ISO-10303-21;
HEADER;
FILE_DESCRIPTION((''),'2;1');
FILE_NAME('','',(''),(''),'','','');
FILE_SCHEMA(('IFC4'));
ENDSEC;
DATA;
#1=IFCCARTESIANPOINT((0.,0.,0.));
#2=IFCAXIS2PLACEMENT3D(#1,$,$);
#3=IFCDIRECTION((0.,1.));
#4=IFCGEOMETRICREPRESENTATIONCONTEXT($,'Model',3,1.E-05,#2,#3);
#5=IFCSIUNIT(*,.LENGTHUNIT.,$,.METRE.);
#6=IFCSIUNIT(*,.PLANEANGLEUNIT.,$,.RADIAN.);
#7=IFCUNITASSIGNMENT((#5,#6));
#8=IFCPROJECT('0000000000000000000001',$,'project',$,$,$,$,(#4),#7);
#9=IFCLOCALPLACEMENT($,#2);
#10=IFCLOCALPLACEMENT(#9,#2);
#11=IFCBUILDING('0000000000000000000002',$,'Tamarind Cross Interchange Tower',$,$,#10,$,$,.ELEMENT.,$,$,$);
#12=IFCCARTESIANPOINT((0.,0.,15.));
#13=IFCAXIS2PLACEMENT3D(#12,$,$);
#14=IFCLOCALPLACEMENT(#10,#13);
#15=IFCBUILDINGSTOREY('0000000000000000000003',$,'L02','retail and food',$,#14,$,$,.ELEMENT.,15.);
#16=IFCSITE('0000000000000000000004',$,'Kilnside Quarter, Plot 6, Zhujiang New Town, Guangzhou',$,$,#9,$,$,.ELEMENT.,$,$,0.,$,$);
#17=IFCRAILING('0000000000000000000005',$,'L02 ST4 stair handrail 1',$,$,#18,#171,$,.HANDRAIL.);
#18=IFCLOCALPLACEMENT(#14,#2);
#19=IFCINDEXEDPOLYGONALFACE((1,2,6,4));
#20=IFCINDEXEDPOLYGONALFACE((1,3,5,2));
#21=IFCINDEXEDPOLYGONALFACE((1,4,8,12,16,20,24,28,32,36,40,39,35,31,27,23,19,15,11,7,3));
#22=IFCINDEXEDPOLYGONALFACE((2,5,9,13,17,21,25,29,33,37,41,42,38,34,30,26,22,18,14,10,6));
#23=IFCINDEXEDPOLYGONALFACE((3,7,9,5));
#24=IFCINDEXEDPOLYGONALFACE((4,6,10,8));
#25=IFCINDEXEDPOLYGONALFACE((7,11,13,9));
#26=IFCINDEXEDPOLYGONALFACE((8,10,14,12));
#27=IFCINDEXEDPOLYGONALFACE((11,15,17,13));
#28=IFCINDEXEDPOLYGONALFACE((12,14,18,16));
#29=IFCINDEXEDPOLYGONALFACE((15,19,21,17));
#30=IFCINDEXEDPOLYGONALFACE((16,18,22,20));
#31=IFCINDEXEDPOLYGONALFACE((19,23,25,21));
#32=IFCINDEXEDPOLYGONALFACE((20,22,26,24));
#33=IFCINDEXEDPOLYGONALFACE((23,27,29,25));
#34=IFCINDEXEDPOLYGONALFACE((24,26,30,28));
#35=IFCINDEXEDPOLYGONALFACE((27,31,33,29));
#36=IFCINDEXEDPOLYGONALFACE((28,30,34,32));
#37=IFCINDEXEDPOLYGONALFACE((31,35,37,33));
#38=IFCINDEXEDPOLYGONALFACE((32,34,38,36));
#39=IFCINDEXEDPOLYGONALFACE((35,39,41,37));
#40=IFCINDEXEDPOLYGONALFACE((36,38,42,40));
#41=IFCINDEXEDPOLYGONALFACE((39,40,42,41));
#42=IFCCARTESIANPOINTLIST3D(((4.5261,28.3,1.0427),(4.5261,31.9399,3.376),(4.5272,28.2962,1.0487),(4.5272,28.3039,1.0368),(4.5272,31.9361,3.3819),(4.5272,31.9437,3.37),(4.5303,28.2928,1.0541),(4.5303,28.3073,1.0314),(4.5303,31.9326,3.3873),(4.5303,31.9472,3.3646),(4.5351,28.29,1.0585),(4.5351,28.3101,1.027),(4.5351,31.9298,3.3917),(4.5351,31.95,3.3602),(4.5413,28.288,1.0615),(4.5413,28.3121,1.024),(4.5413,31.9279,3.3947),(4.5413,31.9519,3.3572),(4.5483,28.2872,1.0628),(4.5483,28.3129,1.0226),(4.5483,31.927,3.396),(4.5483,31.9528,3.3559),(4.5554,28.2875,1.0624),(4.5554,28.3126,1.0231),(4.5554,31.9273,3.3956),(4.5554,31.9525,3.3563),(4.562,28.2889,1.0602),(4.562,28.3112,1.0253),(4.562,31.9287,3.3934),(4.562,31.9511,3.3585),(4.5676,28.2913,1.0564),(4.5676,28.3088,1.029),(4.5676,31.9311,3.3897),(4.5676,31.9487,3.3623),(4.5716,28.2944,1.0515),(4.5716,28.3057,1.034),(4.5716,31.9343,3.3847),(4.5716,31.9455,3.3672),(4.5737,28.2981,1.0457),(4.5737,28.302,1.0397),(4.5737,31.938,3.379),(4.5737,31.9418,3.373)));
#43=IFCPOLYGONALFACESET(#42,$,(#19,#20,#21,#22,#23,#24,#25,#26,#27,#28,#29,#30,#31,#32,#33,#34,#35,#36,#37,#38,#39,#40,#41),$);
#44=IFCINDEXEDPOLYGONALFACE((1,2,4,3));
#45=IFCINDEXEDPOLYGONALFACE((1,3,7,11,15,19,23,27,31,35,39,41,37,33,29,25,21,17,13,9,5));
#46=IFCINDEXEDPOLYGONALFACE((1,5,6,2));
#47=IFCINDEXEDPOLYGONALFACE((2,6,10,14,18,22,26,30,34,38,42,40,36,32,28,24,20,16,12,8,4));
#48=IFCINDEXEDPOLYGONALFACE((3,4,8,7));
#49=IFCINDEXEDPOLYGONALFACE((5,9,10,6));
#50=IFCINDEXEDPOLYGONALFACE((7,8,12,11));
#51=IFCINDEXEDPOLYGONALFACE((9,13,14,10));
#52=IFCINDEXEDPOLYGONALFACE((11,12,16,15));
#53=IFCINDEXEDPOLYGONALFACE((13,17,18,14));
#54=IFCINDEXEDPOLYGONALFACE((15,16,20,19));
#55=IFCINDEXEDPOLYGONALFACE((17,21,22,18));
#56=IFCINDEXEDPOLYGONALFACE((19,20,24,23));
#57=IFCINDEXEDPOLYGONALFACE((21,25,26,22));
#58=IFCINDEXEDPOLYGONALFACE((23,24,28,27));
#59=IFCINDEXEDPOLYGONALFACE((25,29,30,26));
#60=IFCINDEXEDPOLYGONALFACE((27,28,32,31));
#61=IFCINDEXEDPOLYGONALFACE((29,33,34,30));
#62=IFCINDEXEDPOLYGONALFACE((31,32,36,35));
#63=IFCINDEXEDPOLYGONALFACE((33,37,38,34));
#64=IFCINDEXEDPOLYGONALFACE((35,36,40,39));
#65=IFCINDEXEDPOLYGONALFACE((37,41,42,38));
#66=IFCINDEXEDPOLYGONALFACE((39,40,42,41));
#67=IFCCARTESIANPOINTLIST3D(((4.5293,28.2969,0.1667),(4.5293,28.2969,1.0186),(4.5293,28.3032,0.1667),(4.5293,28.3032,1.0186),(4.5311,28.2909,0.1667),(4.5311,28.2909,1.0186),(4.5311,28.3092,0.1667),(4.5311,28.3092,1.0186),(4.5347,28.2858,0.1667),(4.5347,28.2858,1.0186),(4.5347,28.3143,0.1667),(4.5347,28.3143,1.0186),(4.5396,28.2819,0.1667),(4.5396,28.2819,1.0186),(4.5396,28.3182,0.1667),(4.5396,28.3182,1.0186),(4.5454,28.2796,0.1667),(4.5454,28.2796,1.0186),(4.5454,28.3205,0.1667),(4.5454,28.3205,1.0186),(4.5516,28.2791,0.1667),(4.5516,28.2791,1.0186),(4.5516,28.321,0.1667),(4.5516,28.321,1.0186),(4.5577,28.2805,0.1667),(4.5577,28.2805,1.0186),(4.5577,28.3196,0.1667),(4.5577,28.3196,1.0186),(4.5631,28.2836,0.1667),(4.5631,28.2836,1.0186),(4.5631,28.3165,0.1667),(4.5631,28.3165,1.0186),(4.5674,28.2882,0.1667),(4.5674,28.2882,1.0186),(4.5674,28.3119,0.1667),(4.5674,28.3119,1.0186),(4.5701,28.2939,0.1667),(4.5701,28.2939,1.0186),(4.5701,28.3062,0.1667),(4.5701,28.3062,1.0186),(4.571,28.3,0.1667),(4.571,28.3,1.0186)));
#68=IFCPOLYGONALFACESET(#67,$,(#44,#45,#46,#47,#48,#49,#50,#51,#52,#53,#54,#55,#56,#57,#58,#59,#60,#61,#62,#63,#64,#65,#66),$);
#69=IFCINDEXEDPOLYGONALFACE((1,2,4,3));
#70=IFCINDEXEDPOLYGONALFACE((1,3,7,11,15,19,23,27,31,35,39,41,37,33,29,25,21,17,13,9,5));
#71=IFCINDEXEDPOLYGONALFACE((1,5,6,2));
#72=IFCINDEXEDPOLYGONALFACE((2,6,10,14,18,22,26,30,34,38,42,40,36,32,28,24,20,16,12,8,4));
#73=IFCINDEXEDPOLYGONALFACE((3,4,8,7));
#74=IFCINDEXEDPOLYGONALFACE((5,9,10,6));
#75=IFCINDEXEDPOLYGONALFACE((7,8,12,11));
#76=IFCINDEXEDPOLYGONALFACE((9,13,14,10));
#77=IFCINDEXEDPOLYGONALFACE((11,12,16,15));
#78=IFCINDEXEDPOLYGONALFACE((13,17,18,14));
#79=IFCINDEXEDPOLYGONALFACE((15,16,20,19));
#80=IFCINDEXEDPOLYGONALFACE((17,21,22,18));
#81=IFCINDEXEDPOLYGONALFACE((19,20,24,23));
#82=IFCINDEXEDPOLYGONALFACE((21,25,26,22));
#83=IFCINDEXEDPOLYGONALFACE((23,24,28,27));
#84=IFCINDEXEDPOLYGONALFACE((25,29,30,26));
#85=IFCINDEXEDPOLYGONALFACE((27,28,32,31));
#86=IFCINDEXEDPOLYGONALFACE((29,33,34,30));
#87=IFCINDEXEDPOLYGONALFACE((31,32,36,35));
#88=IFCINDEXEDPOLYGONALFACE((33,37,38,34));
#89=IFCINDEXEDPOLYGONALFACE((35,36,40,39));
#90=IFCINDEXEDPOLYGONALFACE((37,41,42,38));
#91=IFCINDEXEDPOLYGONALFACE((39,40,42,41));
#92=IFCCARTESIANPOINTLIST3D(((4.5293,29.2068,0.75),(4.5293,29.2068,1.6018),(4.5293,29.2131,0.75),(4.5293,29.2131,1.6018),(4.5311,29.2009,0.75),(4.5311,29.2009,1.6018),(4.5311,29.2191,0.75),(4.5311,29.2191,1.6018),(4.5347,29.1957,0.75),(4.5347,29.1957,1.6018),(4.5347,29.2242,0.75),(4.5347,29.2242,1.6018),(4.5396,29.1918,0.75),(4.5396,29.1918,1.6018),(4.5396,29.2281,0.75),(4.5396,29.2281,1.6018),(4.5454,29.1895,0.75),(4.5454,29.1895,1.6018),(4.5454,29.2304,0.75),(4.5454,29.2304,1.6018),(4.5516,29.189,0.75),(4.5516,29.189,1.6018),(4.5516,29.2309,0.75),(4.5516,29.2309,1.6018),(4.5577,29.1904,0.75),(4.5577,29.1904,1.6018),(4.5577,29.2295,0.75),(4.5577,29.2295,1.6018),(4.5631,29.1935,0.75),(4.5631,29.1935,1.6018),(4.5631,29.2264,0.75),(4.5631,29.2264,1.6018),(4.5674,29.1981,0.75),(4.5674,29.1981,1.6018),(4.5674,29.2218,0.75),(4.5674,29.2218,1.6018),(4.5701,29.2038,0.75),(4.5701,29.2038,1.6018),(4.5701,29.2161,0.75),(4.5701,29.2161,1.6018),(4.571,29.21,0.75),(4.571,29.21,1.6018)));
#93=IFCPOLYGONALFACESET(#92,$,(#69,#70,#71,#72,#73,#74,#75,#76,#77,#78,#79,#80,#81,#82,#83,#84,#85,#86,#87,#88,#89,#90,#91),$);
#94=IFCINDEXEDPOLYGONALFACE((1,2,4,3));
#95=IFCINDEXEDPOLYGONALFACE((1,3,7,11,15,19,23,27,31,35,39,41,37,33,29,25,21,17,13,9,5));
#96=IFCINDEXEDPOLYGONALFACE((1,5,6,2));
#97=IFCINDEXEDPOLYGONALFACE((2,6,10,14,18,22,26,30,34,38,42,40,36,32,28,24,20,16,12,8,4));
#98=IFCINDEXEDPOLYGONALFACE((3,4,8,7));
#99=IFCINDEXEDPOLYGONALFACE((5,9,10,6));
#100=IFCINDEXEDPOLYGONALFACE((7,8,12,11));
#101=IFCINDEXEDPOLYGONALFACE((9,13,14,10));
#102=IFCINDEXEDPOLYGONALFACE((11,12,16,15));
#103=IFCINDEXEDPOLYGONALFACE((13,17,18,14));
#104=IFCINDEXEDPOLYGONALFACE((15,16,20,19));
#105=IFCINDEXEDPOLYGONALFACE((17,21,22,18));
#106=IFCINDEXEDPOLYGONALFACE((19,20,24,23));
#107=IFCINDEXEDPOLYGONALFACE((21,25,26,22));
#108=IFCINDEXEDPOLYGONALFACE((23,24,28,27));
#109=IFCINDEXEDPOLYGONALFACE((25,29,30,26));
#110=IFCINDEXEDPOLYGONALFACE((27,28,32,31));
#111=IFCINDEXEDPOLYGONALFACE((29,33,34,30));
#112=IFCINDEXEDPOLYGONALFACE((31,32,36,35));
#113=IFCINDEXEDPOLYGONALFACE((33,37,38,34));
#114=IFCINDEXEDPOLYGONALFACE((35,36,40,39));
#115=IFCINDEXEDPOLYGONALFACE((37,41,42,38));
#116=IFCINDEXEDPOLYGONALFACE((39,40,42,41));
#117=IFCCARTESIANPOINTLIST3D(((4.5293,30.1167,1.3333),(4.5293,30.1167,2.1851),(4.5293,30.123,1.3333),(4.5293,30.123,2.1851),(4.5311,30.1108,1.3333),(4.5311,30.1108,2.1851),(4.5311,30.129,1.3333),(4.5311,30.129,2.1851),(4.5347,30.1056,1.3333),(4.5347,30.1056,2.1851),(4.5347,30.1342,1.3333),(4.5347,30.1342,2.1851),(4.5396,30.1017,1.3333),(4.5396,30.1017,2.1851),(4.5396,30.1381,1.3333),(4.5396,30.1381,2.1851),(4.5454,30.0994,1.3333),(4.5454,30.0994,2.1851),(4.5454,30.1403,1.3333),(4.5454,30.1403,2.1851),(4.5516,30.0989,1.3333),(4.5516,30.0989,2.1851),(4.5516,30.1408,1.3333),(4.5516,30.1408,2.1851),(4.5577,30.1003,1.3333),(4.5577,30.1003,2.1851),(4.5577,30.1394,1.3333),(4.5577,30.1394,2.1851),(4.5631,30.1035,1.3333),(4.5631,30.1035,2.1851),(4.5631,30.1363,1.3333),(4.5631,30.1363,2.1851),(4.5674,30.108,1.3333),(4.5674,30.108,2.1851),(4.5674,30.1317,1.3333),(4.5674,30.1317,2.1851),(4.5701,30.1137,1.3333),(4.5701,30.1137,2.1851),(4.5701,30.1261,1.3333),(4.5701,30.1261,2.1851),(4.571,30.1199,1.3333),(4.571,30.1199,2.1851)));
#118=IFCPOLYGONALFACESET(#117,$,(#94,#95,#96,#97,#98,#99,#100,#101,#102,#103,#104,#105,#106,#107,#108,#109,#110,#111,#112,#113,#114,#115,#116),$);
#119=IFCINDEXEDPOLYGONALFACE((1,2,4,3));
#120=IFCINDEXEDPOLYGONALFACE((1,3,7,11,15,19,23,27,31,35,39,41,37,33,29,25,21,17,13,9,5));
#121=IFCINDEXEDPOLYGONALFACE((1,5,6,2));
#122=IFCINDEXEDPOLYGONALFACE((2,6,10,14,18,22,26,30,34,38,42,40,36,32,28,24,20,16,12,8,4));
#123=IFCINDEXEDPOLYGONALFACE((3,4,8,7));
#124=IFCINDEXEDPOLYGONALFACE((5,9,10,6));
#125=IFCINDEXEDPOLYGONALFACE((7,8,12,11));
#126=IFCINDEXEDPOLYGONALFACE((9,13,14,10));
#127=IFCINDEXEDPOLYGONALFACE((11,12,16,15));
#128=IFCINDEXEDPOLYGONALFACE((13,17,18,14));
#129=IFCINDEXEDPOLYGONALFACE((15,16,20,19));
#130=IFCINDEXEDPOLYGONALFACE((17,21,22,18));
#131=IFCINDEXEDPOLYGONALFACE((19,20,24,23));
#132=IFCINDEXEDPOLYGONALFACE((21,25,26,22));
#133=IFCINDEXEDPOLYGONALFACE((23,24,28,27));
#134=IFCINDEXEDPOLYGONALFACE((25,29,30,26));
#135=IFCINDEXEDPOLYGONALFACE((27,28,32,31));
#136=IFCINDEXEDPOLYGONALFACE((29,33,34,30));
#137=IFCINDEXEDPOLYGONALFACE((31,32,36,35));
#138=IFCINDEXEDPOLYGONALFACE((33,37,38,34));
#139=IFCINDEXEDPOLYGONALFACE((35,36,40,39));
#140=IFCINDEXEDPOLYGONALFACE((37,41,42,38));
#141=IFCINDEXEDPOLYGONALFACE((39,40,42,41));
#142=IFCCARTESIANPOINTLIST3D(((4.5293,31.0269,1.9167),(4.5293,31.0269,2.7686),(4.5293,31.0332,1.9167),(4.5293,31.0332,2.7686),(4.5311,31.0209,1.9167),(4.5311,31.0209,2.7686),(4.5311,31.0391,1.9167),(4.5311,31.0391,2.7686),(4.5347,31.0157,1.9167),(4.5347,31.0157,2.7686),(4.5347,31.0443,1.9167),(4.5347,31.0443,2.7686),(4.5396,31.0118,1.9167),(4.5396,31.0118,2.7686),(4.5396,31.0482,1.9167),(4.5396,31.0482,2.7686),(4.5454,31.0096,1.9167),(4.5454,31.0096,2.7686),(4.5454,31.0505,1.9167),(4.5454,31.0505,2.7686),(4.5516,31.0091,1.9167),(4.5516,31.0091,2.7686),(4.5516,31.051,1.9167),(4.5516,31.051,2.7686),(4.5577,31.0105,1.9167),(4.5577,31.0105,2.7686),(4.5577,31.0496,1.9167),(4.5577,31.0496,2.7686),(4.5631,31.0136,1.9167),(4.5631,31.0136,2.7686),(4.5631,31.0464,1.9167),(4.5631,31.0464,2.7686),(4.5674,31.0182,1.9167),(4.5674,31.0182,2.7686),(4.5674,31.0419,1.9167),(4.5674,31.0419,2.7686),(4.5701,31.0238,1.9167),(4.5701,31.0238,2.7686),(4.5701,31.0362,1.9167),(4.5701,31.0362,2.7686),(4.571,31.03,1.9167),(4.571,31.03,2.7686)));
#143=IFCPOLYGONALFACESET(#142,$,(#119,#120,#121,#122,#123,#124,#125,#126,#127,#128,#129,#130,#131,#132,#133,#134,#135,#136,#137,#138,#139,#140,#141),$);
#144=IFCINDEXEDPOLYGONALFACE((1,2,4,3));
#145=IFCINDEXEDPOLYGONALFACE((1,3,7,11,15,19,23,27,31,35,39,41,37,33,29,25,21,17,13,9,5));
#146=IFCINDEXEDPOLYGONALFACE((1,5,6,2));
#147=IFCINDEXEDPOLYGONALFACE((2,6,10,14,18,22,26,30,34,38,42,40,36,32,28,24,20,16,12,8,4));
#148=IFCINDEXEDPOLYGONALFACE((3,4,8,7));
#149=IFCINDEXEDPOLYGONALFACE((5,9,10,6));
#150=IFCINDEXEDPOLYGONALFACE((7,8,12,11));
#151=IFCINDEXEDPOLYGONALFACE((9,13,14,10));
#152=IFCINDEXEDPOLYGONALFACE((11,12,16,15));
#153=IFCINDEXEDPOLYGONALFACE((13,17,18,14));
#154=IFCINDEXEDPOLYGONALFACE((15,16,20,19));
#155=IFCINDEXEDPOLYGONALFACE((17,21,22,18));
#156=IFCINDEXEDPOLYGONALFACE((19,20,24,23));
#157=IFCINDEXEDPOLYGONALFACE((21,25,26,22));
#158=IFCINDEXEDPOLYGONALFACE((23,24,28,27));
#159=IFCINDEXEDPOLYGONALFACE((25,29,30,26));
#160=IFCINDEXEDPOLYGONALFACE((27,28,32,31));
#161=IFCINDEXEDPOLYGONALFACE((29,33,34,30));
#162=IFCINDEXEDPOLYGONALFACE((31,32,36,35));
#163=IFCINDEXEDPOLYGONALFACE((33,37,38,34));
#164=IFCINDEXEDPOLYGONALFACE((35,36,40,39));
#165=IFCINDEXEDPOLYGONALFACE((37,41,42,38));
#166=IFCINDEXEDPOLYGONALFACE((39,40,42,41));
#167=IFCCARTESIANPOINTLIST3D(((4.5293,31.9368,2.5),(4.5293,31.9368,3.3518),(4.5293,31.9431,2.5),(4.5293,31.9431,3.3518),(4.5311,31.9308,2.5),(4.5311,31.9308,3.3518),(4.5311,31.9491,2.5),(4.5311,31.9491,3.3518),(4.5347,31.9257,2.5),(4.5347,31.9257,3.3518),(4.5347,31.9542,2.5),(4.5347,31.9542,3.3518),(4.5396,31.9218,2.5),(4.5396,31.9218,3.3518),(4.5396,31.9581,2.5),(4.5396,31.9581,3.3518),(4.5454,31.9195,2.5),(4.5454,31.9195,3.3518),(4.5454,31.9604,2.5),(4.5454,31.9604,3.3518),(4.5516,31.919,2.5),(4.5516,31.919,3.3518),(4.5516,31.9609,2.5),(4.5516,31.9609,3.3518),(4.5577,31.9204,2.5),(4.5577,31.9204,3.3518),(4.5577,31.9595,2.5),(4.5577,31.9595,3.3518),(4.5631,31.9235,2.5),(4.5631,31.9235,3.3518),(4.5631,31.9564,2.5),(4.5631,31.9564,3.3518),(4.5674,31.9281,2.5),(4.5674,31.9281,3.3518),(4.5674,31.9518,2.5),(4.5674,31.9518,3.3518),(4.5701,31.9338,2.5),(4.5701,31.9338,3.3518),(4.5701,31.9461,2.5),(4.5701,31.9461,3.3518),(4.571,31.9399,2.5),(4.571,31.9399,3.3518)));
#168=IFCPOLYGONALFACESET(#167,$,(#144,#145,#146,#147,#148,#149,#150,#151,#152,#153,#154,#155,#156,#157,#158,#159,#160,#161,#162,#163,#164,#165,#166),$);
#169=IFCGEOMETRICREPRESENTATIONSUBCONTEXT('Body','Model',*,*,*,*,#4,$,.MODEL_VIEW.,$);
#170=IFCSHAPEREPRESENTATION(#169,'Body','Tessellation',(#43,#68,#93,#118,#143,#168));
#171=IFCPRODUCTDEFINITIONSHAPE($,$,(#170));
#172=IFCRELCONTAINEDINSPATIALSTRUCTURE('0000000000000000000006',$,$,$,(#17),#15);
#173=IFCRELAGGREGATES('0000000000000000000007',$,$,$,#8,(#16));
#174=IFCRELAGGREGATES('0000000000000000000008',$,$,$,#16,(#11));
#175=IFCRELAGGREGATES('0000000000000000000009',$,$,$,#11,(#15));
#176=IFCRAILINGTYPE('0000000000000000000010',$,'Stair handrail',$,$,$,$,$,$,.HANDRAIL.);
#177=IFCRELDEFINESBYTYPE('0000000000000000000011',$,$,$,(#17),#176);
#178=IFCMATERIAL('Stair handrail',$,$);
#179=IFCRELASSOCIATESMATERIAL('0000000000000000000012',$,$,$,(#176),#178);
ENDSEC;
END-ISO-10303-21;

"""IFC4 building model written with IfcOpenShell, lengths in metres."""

from ifc_helpers import new_model, si_unit, direction, frame, origin, origin_2d, place, context, subcontext, project, spatial, circle, extrude, material, type_object, element, save


model = new_model("IFC4")

# Units and contexts
model_context = context("Model", 3, precision=1e-05, world=origin(), true_north=direction((0.0, 1.0)))
body_context = subcontext(model_context, "Body", "Model", "MODEL_VIEW")
ifc_project = project(units=[si_unit("LENGTHUNIT", "METRE"), si_unit("PLANEANGLEUNIT", "RADIAN")], contexts=[model_context])

# Site, building, storey
site_placement = place(None, origin())
site = spatial("IfcSite", under=ifc_project, at=site_placement, Name="Kilnside Quarter, Plot 6, Zhujiang New Town, Guangzhou", CompositionType="ELEMENT", RefElevation=0.0)
building_placement = place(site_placement, origin())
building = spatial("IfcBuilding", under=site, at=building_placement, Name="Tamarind Cross Interchange Tower", CompositionType="ELEMENT")
storey_placement = place(building_placement, frame((0.0, 0.0, 15.0)))
storey = spatial("IfcBuildingStorey", under=building, at=storey_placement, Name="L02", Description="retail and food", CompositionType="ELEMENT", Elevation=15.0)

# Railing
ifc_material_1 = material(Name="Stair handrail")
railing_type_1 = type_object("IfcRailingType", Name="Stair handrail", PredefinedType="HANDRAIL", material=ifc_material_1)
railing_1_placement = place(storey_placement, frame((4.55, 28.3, 0.1667)))
element("IfcRailing", 1, at=railing_1_placement, inside=storey, type_object=railing_type_1, Name="L02 ST4 stair handrail 1", PredefinedType="HANDRAIL", context=body_context, shape_type="SweptSolid", body=[
    extrude(circle(Radius=0.0239, at=origin_2d()), frame((0.0, 0.0, 0.876), z_axis=(0.0, 0.84188, 0.539664), x_axis=(-1.0, 0.0, 0.0)), (0.0, 0.0, 1.0), 4.3235),
    extrude(circle(Radius=0.021, at=origin_2d()), origin(), (0.0, 0.0, 1.0), 0.8518),
    extrude(circle(Radius=0.021, at=origin_2d()), frame((0.0, 0.9099, 0.5833)), (0.0, 0.0, 1.0), 0.8518),
    extrude(circle(Radius=0.021, at=origin_2d()), frame((0.0, 1.8198, 1.1665)), (0.0, 0.0, 1.0), 0.8518),
    extrude(circle(Radius=0.021, at=origin_2d()), frame((0.0, 2.73, 1.75)), (0.0, 0.0, 1.0), 0.8518),
    extrude(circle(Radius=0.021, at=origin_2d()), frame((0.0, 3.6399, 2.3333)), (0.0, 0.0, 1.0), 0.8518),
])

save(model, "model.ifc")
